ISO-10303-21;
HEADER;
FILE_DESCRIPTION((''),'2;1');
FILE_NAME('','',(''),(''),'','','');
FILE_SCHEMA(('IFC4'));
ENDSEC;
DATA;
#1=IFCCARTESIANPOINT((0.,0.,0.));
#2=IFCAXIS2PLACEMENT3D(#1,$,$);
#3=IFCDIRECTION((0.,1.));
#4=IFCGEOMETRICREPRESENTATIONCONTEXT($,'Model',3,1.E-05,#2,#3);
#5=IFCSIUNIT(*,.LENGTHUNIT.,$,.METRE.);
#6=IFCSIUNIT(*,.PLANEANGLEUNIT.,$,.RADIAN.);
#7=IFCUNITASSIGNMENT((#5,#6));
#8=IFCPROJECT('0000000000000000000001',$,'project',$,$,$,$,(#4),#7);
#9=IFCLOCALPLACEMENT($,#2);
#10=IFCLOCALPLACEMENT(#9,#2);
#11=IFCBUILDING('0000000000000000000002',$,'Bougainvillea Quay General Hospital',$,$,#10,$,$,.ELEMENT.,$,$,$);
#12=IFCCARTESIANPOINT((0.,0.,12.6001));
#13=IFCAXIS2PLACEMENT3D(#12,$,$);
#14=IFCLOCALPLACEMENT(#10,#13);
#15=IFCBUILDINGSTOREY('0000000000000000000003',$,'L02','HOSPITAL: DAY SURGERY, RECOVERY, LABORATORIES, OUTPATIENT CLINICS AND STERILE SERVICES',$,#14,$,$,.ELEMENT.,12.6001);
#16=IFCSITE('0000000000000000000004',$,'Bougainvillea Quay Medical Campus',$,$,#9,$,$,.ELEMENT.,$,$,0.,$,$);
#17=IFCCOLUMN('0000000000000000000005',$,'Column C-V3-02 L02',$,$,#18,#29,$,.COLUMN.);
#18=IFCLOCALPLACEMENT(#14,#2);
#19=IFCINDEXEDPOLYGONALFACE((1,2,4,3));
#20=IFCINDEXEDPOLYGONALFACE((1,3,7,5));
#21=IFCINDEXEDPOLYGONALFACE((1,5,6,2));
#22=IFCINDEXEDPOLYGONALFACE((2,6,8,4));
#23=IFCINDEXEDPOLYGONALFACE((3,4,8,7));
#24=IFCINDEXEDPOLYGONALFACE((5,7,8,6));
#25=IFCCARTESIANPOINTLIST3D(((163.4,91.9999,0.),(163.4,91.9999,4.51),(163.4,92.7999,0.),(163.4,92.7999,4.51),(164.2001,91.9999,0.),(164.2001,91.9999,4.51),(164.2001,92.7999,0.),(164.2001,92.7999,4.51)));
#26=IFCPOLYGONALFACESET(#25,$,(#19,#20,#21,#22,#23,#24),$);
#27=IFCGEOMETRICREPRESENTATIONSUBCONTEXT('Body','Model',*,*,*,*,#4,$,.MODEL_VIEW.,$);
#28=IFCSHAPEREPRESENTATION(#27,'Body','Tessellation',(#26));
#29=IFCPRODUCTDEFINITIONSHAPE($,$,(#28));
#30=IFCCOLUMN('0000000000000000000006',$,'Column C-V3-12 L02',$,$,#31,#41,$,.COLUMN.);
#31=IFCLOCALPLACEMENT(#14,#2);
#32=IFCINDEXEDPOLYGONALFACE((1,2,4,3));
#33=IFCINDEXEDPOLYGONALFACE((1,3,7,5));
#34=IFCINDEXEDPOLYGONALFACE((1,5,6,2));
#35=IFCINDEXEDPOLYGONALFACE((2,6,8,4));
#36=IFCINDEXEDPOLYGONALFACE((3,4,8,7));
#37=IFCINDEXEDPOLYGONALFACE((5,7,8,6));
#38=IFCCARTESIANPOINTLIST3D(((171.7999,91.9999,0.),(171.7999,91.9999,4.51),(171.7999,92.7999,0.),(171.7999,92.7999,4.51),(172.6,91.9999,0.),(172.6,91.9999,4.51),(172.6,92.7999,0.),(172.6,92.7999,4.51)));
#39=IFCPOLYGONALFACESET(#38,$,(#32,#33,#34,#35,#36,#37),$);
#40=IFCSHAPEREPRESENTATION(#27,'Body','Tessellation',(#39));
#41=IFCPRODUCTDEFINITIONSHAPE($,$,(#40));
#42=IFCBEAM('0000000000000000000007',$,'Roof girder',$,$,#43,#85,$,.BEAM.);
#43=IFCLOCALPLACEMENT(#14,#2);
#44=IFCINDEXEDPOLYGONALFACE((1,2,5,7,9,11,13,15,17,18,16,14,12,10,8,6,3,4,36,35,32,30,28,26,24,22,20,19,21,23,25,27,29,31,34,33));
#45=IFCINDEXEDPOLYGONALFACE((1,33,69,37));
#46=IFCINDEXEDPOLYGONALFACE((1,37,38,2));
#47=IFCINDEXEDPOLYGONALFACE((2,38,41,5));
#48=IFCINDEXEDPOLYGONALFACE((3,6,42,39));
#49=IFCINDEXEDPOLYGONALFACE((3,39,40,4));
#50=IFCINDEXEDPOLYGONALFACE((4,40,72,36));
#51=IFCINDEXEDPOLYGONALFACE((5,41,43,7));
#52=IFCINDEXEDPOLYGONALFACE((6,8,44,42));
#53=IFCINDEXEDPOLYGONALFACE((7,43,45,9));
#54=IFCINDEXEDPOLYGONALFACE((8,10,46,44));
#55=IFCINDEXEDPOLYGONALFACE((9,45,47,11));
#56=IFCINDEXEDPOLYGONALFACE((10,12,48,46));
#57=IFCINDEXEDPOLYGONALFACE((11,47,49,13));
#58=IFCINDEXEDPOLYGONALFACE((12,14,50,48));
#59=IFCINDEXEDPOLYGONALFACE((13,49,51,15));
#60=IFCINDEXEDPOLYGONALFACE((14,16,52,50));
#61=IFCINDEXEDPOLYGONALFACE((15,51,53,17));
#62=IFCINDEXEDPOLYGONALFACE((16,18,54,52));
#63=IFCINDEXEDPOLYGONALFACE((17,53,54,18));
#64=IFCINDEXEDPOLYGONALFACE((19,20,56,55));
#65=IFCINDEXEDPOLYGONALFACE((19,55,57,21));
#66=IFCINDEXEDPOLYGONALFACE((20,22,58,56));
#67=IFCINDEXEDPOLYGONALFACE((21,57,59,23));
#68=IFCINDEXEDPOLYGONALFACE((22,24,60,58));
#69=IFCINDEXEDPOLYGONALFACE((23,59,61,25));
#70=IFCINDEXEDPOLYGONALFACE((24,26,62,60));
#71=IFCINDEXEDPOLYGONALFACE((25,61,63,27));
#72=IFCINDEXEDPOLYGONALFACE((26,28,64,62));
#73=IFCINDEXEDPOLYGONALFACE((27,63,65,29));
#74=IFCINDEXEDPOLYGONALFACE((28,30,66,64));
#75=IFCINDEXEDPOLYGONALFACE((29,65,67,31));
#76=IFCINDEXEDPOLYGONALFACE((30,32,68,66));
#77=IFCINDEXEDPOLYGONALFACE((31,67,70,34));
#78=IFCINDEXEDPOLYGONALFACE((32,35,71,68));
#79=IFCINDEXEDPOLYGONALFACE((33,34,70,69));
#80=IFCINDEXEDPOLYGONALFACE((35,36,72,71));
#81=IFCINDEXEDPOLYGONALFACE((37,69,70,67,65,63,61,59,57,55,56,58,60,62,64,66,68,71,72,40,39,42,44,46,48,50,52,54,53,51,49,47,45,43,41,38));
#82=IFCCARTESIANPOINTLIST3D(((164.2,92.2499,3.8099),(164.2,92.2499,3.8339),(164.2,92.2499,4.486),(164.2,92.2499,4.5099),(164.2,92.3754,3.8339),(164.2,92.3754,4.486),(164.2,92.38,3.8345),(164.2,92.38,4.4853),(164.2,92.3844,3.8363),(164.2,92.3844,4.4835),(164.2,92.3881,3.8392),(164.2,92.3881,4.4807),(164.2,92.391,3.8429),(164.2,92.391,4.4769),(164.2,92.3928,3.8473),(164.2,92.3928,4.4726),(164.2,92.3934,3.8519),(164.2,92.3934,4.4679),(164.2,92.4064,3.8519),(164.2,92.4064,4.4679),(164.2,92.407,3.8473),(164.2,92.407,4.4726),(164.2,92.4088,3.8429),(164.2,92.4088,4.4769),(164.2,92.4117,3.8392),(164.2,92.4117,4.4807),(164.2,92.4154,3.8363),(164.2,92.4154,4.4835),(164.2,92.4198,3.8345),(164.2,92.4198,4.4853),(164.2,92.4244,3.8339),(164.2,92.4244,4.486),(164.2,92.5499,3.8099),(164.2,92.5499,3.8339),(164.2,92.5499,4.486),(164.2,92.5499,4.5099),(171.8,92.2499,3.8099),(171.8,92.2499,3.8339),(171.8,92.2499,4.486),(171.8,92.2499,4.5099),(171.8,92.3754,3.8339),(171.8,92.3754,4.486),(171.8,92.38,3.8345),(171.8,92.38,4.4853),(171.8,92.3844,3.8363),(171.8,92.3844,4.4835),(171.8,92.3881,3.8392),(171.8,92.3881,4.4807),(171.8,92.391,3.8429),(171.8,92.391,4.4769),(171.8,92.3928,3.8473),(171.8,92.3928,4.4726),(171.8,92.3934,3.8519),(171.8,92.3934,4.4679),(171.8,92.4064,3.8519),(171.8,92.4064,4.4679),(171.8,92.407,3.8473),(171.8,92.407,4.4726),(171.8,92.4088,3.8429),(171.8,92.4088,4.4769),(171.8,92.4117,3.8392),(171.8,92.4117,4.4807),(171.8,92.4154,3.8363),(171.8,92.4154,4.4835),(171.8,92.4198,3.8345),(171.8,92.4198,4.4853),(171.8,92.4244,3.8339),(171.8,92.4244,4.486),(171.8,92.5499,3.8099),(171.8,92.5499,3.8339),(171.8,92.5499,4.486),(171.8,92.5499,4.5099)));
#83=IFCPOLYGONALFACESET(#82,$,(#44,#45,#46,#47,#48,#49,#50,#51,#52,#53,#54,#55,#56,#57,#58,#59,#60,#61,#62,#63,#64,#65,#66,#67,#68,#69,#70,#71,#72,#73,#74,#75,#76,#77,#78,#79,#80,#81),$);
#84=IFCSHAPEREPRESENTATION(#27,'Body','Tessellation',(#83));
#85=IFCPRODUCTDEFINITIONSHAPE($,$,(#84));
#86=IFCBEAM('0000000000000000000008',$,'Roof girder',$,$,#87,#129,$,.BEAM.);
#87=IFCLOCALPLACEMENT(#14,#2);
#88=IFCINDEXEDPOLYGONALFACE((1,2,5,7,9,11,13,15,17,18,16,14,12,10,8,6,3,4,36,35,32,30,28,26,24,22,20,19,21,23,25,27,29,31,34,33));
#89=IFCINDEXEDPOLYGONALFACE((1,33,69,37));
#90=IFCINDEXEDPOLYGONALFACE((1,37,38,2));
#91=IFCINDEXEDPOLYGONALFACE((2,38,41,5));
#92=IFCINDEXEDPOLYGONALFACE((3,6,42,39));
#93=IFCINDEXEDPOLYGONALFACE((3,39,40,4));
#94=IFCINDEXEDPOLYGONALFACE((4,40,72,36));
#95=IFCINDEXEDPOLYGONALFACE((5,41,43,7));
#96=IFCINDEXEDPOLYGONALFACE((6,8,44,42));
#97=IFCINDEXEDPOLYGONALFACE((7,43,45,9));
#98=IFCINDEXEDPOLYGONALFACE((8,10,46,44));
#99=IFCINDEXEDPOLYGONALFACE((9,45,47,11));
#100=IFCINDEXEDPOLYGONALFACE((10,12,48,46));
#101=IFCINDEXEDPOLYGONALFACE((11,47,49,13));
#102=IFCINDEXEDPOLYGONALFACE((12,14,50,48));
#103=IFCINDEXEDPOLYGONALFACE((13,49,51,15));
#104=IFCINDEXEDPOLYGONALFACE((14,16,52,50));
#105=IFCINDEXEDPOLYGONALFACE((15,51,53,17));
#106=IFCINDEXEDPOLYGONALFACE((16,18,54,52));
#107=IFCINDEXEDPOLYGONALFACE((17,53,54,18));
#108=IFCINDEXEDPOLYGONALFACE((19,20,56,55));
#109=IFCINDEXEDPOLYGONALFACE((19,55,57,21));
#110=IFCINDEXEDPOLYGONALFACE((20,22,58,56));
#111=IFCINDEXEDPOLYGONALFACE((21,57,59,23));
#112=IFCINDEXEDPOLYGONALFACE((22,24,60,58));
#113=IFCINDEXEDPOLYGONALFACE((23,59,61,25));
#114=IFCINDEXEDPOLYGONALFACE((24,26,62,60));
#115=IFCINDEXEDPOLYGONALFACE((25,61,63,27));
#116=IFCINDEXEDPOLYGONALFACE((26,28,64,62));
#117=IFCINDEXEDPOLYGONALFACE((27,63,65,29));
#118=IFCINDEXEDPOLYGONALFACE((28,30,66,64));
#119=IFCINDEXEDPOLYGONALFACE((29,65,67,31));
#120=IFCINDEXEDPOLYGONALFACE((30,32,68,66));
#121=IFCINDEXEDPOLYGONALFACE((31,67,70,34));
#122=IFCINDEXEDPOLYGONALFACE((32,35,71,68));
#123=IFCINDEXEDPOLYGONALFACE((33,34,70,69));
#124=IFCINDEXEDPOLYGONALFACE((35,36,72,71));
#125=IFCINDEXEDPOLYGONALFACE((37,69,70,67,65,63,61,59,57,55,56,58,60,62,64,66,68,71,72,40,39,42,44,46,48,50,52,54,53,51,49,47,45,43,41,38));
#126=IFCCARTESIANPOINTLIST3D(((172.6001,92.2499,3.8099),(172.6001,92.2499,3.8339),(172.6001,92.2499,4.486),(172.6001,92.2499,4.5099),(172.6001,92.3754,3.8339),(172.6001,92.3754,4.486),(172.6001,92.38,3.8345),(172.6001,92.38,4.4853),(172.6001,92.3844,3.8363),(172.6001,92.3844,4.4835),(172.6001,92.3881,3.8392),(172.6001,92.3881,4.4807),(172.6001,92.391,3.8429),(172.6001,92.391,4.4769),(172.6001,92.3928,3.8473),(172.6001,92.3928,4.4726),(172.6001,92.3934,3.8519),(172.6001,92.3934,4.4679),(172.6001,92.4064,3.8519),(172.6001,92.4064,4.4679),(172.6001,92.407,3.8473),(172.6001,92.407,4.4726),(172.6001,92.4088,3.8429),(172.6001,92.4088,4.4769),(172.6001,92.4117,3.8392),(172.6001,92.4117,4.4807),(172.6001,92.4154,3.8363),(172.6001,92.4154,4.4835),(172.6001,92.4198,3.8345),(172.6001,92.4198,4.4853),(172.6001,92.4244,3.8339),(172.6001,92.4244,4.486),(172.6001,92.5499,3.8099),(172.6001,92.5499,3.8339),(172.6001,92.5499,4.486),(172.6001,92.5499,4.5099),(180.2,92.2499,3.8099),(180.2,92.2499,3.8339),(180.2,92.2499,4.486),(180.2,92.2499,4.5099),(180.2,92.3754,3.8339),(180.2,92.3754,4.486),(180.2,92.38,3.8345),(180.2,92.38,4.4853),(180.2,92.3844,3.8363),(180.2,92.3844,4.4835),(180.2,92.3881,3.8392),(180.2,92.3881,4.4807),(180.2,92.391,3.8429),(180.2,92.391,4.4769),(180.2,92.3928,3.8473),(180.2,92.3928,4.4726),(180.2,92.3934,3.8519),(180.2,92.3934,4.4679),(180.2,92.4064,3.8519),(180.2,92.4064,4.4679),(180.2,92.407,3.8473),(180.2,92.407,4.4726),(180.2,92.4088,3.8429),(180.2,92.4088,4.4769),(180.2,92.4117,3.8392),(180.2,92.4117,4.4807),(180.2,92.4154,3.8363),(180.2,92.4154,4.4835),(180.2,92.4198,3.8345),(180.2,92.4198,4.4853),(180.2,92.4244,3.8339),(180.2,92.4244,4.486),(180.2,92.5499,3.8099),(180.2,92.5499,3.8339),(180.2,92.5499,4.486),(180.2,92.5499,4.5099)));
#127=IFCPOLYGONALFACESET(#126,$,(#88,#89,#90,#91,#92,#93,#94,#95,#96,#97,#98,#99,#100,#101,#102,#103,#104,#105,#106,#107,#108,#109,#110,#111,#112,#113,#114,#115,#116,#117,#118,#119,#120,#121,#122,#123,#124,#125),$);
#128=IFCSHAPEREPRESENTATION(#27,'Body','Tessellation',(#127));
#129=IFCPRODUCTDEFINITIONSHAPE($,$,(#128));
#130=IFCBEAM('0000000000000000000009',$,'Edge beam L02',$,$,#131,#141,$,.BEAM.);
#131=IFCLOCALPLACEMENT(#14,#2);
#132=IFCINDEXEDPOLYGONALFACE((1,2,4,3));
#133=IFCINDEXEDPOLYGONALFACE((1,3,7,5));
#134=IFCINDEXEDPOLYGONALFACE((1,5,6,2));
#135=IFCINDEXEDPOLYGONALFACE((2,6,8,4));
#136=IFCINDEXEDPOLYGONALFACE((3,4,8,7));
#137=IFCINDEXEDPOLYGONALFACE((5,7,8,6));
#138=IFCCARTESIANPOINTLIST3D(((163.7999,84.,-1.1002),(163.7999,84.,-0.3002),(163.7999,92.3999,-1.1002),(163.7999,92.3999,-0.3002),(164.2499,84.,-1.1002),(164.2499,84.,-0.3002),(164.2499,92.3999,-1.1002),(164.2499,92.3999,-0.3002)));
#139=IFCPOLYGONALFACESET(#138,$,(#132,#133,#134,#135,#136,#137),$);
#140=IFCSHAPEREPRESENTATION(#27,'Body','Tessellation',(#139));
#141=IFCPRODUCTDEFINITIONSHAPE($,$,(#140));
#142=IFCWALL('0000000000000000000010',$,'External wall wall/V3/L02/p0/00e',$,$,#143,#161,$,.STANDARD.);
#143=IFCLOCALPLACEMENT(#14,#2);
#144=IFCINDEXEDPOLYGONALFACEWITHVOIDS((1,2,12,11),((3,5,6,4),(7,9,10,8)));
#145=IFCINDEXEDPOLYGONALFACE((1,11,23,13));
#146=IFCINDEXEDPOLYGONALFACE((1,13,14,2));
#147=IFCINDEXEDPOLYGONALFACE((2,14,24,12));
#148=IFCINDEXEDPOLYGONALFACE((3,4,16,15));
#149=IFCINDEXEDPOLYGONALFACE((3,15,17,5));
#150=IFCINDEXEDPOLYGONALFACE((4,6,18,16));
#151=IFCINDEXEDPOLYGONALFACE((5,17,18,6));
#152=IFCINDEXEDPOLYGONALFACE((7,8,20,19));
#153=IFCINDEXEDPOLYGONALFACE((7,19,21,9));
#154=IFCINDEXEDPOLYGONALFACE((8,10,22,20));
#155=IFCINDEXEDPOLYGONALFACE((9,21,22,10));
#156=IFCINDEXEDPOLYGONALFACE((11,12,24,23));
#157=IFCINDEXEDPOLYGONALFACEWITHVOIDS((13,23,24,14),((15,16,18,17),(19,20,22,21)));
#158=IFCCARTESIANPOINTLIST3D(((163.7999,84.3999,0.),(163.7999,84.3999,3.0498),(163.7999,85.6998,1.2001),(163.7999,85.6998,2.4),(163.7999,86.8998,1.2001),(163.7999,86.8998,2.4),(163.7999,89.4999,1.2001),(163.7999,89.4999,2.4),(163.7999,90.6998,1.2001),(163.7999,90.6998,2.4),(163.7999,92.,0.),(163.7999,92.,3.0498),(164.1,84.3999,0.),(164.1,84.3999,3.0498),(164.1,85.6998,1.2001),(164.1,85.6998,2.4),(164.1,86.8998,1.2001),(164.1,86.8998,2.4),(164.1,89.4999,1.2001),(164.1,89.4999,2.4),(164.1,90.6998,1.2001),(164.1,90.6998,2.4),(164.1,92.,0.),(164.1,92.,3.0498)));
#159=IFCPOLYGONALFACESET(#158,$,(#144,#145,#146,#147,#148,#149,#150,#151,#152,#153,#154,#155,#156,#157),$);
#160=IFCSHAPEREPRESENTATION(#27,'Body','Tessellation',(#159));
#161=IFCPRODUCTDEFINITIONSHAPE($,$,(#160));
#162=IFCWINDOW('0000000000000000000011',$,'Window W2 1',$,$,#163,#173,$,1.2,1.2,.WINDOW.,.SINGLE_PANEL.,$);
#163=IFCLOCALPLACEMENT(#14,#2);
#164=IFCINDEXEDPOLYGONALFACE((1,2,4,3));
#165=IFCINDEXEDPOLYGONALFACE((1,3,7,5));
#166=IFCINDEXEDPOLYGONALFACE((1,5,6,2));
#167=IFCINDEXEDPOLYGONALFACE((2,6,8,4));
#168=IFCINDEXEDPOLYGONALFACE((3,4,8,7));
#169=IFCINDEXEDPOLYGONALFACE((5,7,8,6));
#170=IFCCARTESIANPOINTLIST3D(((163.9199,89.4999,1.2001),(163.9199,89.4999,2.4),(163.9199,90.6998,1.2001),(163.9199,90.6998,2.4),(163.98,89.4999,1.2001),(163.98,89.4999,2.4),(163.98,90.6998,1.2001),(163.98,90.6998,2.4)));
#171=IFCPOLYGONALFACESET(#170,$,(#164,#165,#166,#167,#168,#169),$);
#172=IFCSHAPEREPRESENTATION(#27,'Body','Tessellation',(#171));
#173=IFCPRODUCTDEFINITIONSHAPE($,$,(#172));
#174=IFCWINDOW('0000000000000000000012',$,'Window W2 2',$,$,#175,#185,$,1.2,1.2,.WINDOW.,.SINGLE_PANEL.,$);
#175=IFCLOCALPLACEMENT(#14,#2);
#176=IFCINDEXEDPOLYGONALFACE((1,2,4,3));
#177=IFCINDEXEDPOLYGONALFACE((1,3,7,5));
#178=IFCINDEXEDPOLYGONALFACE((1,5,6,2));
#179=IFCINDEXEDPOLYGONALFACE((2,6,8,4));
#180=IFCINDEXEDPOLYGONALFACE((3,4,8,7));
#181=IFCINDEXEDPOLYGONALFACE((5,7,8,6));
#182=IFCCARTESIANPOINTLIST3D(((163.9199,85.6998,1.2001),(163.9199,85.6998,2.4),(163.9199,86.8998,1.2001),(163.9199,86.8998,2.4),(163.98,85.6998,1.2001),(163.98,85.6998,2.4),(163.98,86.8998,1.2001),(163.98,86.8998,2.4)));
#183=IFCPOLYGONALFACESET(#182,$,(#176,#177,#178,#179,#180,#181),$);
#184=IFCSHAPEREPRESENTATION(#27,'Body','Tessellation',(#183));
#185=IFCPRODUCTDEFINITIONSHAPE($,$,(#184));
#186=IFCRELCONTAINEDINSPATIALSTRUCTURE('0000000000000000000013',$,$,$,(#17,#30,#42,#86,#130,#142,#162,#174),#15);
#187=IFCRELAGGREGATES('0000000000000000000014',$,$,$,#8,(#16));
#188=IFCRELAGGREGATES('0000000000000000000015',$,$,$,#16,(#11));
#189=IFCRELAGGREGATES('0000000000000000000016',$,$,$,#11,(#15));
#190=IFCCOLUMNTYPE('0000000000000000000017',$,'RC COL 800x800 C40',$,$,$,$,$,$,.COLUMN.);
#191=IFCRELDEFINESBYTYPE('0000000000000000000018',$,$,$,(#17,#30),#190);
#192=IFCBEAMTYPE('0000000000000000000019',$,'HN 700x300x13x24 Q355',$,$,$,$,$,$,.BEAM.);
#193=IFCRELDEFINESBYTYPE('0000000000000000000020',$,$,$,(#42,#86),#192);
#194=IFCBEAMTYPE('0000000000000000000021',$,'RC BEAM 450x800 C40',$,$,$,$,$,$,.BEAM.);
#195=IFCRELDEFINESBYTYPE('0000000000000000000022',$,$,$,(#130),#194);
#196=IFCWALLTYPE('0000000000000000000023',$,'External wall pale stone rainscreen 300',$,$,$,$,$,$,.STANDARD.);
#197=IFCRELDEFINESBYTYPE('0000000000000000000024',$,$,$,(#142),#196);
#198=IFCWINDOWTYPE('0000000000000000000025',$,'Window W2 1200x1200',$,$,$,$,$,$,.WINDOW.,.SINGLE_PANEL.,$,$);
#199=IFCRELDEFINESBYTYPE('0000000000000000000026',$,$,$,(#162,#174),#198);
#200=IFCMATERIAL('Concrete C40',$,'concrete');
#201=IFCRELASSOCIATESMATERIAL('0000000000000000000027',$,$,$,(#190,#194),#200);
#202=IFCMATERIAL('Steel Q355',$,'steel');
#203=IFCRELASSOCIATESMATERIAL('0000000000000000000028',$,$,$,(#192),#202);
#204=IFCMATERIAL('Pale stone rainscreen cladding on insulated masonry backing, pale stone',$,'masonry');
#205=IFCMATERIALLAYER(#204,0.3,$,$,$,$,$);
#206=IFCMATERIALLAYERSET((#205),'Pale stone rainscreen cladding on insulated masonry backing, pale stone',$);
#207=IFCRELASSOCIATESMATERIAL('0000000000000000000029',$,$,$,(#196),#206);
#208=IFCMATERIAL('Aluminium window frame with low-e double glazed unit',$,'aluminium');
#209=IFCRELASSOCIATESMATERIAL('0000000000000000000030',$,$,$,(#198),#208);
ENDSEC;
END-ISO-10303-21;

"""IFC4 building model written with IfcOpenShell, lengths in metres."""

from ifc_helpers import new_model, si_unit, direction, frame, frame_2d, origin, origin_2d, place, context, subcontext, project, spatial, rectangle, i_section, extrude, material, layer, layer_set, material_profile, profile_set, type_object, element, fill, save


model = new_model("IFC4")

# Units and contexts
model_context = context("Model", 3, precision=1e-05, world=origin(), true_north=direction((0.0, 1.0)))
body_context = subcontext(model_context, "Body", "Model", "MODEL_VIEW")
ifc_project = project(units=[si_unit("LENGTHUNIT", "METRE"), si_unit("PLANEANGLEUNIT", "RADIAN")], contexts=[model_context])

# Site, building, storey
site_placement = place(None, origin())
site = spatial("IfcSite", under=ifc_project, at=site_placement, Name="Bougainvillea Quay Medical Campus", CompositionType="ELEMENT", RefElevation=0.0)
building_placement = place(site_placement, origin())
building = spatial("IfcBuilding", under=site, at=building_placement, Name="Bougainvillea Quay General Hospital", CompositionType="ELEMENT")
storey_placement = place(building_placement, frame((0.0, 0.0, 12.6001)))
storey = spatial("IfcBuildingStorey", under=building, at=storey_placement, Name="L02", Description="HOSPITAL: DAY SURGERY, RECOVERY, LABORATORIES, OUTPATIENT CLINICS AND STERILE SERVICES", CompositionType="ELEMENT", Elevation=12.6001)

# Columns
ifc_material_1 = material(Name="Concrete C40", Category="concrete")
ifc_material_profile_1 = material_profile(ifc_material_1, rectangle(XDim=0.8, YDim=0.8, at=origin_2d()))
ifc_profile_set_1 = profile_set([ifc_material_profile_1], Name="Concrete C40")
column_type = type_object("IfcColumnType", Name="RC COL 800x800 C40", PredefinedType="COLUMN", material=ifc_profile_set_1)
for number, where, z_axis, x_axis, name in (
    (1, (163.8, 92.3999, 0.0), (0.0, 0.0, 1.0), (1.0, 0.0, 0.0), "Column C-V3-02 L02"),
    (2, (172.2, 92.3999, 0.0), (0.0, 0.0, 1.0), (1.0, 0.0, 0.0), "Column C-V3-12 L02"),
):
    element("IfcColumn", number, at=place(storey_placement, frame(where, z_axis=z_axis, x_axis=x_axis)), inside=storey, type_object=column_type, Name=name, PredefinedType="COLUMN", context=body_context, shape_type="SweptSolid", body=[
        extrude(rectangle(XDim=0.8, YDim=0.8, at=origin_2d()), origin(), (0.0, 0.0, 1.0), 4.51),
    ])

# Beams
ifc_material_2 = material(Name="Steel Q355", Category="steel")
ifc_material_profile_2 = material_profile(ifc_material_2, i_section(OverallWidth=0.3, OverallDepth=0.7, WebThickness=0.0129, FlangeThickness=0.0239, FilletRadius=0.0181, at=origin_2d()))
ifc_profile_set_2 = profile_set([ifc_material_profile_2], Name="Steel Q355")
beam_type_1 = type_object("IfcBeamType", Name="HN 700x300x13x24 Q355", PredefinedType="BEAM", material=ifc_profile_set_2)
beam_1_placement = place(storey_placement, frame((164.2, 92.3999, 4.1599), z_axis=(1.0, 0.0, 0.0), x_axis=(0.0, 1.0, 0.0)))
element("IfcBeam", 3, at=beam_1_placement, inside=storey, type_object=beam_type_1, Name="Roof girder", PredefinedType="BEAM", context=body_context, shape_type="SweptSolid", body=[
    extrude(i_section(OverallWidth=0.3, OverallDepth=0.7, WebThickness=0.0129, FlangeThickness=0.0239, FilletRadius=0.0181, at=origin_2d()), origin(), (0.0, 0.0, 1.0), 7.6001),
])
beam_2_placement = place(storey_placement, frame((172.6001, 92.3999, 4.1599), z_axis=(1.0, 0.0, 0.0), x_axis=(0.0, 1.0, 0.0)))
element("IfcBeam", 4, at=beam_2_placement, inside=storey, type_object=beam_type_1, Name="Roof girder", PredefinedType="BEAM", context=body_context, shape_type="SweptSolid", body=[
    extrude(i_section(OverallWidth=0.3, OverallDepth=0.7, WebThickness=0.0129, FlangeThickness=0.0239, FilletRadius=0.0181, at=origin_2d()), origin(), (0.0, 0.0, 1.0), 7.5999),
])
ifc_material_profile_3 = material_profile(ifc_material_1, rectangle(XDim=0.45, YDim=0.8, at=origin_2d()))
ifc_profile_set_3 = profile_set([ifc_material_profile_3], Name="Concrete C40")
beam_type_2 = type_object("IfcBeamType", Name="RC BEAM 450x800 C40", PredefinedType="BEAM", material=ifc_profile_set_3)
beam_3_placement = place(storey_placement, frame((164.0249, 92.3999, -0.7002), z_axis=(0.0, -1.0, 0.0), x_axis=(1.0, 0.0, 0.0)))
element("IfcBeam", 5, at=beam_3_placement, inside=storey, type_object=beam_type_2, Name="Edge beam L02", PredefinedType="BEAM", context=body_context, shape_type="SweptSolid", body=[
    extrude(rectangle(XDim=0.45, YDim=0.8, at=origin_2d()), origin(), (0.0, 0.0, 1.0), 8.3999),
])

# Wall, openings, windows
ifc_material_3 = material(Name="Pale stone rainscreen cladding on insulated masonry backing, pale stone", Category="masonry")
ifc_layer_1 = layer(ifc_material_3, 0.3)
ifc_layer_set_1 = layer_set([ifc_layer_1], Name="Pale stone rainscreen cladding on insulated masonry backing, pale stone")
wall_type_1 = type_object("IfcWallType", Name="External wall pale stone rainscreen 300", PredefinedType="STANDARD", material=ifc_layer_set_1)
wall_1_placement = place(storey_placement, frame((163.95, 92.0, 0.0), z_axis=(0.0, 0.0, 1.0), x_axis=(0.0, -1.0, 0.0)))
wall_1 = element("IfcWall", 6, at=wall_1_placement, inside=storey, type_object=wall_type_1, Name="External wall wall/V3/L02/p0/00e", PredefinedType="STANDARD", context=body_context, shape_type="SweptSolid", body=[
    extrude(rectangle(XDim=7.6001, YDim=0.3, at=frame_2d((3.8, 0.0))), origin(), (0.0, 0.0, 1.0), 3.0498),
])
opening_1_placement = place(wall_1_placement, frame((1.3, 0.0, 1.2)))
opening_1 = element("IfcOpeningElement", 7, at=opening_1_placement, cuts=wall_1, PredefinedType="OPENING", context=body_context, shape_type="SweptSolid", body=[
    extrude(rectangle(XDim=1.2, YDim=1.2, at=frame_2d((0.6001, 0.6001))), frame((0.0, 0.1599, 0.0), z_axis=(0.0, -1.0, 0.0), x_axis=(1.0, 0.0, 0.0)), (0.0, 0.0, 1.0), 0.3201),
])
opening_2_placement = place(wall_1_placement, frame((5.1001, 0.0, 1.2)))
opening_2 = element("IfcOpeningElement", 8, at=opening_2_placement, cuts=wall_1, PredefinedType="OPENING", context=body_context, shape_type="SweptSolid", body=[
    extrude(rectangle(XDim=1.2, YDim=1.2, at=frame_2d((0.6001, 0.6001))), frame((0.0, 0.1599, 0.0), z_axis=(0.0, -1.0, 0.0), x_axis=(1.0, 0.0, 0.0)), (0.0, 0.0, 1.0), 0.3201),
])
ifc_material_4 = material(Name="Aluminium window frame with low-e double glazed unit", Category="aluminium")
window_type = type_object("IfcWindowType", Name="Window W2 1200x1200", PartitioningType="SINGLE_PANEL", PredefinedType="WINDOW", material=ifc_material_4)
window_1_placement = place(opening_1_placement, origin())
window_1 = element("IfcWindow", 9, at=window_1_placement, inside=storey, type_object=window_type, Name="Window W2 1", OverallHeight=1.2, OverallWidth=1.2, PartitioningType="SINGLE_PANEL", PredefinedType="WINDOW", context=body_context, shape_type="SweptSolid", body=[
    extrude(rectangle(XDim=1.2, YDim=1.2, at=frame_2d((0.6001, 0.6001))), frame((0.0, 0.03, 0.0), z_axis=(0.0, -1.0, 0.0), x_axis=(1.0, 0.0, 0.0)), (0.0, 0.0, 1.0), 0.0601),
])
fill(opening_1, window_1)
window_2_placement = place(opening_2_placement, origin())
window_2 = element("IfcWindow", 10, at=window_2_placement, inside=storey, type_object=window_type, Name="Window W2 2", OverallHeight=1.2, OverallWidth=1.2, PartitioningType="SINGLE_PANEL", PredefinedType="WINDOW", context=body_context, shape_type="SweptSolid", body=[
    extrude(rectangle(XDim=1.2, YDim=1.2, at=frame_2d((0.6001, 0.6001))), frame((0.0, 0.03, 0.0), z_axis=(0.0, -1.0, 0.0), x_axis=(1.0, 0.0, 0.0)), (0.0, 0.0, 1.0), 0.0601),
])
fill(opening_2, window_2)

save(model, "model.ifc")
